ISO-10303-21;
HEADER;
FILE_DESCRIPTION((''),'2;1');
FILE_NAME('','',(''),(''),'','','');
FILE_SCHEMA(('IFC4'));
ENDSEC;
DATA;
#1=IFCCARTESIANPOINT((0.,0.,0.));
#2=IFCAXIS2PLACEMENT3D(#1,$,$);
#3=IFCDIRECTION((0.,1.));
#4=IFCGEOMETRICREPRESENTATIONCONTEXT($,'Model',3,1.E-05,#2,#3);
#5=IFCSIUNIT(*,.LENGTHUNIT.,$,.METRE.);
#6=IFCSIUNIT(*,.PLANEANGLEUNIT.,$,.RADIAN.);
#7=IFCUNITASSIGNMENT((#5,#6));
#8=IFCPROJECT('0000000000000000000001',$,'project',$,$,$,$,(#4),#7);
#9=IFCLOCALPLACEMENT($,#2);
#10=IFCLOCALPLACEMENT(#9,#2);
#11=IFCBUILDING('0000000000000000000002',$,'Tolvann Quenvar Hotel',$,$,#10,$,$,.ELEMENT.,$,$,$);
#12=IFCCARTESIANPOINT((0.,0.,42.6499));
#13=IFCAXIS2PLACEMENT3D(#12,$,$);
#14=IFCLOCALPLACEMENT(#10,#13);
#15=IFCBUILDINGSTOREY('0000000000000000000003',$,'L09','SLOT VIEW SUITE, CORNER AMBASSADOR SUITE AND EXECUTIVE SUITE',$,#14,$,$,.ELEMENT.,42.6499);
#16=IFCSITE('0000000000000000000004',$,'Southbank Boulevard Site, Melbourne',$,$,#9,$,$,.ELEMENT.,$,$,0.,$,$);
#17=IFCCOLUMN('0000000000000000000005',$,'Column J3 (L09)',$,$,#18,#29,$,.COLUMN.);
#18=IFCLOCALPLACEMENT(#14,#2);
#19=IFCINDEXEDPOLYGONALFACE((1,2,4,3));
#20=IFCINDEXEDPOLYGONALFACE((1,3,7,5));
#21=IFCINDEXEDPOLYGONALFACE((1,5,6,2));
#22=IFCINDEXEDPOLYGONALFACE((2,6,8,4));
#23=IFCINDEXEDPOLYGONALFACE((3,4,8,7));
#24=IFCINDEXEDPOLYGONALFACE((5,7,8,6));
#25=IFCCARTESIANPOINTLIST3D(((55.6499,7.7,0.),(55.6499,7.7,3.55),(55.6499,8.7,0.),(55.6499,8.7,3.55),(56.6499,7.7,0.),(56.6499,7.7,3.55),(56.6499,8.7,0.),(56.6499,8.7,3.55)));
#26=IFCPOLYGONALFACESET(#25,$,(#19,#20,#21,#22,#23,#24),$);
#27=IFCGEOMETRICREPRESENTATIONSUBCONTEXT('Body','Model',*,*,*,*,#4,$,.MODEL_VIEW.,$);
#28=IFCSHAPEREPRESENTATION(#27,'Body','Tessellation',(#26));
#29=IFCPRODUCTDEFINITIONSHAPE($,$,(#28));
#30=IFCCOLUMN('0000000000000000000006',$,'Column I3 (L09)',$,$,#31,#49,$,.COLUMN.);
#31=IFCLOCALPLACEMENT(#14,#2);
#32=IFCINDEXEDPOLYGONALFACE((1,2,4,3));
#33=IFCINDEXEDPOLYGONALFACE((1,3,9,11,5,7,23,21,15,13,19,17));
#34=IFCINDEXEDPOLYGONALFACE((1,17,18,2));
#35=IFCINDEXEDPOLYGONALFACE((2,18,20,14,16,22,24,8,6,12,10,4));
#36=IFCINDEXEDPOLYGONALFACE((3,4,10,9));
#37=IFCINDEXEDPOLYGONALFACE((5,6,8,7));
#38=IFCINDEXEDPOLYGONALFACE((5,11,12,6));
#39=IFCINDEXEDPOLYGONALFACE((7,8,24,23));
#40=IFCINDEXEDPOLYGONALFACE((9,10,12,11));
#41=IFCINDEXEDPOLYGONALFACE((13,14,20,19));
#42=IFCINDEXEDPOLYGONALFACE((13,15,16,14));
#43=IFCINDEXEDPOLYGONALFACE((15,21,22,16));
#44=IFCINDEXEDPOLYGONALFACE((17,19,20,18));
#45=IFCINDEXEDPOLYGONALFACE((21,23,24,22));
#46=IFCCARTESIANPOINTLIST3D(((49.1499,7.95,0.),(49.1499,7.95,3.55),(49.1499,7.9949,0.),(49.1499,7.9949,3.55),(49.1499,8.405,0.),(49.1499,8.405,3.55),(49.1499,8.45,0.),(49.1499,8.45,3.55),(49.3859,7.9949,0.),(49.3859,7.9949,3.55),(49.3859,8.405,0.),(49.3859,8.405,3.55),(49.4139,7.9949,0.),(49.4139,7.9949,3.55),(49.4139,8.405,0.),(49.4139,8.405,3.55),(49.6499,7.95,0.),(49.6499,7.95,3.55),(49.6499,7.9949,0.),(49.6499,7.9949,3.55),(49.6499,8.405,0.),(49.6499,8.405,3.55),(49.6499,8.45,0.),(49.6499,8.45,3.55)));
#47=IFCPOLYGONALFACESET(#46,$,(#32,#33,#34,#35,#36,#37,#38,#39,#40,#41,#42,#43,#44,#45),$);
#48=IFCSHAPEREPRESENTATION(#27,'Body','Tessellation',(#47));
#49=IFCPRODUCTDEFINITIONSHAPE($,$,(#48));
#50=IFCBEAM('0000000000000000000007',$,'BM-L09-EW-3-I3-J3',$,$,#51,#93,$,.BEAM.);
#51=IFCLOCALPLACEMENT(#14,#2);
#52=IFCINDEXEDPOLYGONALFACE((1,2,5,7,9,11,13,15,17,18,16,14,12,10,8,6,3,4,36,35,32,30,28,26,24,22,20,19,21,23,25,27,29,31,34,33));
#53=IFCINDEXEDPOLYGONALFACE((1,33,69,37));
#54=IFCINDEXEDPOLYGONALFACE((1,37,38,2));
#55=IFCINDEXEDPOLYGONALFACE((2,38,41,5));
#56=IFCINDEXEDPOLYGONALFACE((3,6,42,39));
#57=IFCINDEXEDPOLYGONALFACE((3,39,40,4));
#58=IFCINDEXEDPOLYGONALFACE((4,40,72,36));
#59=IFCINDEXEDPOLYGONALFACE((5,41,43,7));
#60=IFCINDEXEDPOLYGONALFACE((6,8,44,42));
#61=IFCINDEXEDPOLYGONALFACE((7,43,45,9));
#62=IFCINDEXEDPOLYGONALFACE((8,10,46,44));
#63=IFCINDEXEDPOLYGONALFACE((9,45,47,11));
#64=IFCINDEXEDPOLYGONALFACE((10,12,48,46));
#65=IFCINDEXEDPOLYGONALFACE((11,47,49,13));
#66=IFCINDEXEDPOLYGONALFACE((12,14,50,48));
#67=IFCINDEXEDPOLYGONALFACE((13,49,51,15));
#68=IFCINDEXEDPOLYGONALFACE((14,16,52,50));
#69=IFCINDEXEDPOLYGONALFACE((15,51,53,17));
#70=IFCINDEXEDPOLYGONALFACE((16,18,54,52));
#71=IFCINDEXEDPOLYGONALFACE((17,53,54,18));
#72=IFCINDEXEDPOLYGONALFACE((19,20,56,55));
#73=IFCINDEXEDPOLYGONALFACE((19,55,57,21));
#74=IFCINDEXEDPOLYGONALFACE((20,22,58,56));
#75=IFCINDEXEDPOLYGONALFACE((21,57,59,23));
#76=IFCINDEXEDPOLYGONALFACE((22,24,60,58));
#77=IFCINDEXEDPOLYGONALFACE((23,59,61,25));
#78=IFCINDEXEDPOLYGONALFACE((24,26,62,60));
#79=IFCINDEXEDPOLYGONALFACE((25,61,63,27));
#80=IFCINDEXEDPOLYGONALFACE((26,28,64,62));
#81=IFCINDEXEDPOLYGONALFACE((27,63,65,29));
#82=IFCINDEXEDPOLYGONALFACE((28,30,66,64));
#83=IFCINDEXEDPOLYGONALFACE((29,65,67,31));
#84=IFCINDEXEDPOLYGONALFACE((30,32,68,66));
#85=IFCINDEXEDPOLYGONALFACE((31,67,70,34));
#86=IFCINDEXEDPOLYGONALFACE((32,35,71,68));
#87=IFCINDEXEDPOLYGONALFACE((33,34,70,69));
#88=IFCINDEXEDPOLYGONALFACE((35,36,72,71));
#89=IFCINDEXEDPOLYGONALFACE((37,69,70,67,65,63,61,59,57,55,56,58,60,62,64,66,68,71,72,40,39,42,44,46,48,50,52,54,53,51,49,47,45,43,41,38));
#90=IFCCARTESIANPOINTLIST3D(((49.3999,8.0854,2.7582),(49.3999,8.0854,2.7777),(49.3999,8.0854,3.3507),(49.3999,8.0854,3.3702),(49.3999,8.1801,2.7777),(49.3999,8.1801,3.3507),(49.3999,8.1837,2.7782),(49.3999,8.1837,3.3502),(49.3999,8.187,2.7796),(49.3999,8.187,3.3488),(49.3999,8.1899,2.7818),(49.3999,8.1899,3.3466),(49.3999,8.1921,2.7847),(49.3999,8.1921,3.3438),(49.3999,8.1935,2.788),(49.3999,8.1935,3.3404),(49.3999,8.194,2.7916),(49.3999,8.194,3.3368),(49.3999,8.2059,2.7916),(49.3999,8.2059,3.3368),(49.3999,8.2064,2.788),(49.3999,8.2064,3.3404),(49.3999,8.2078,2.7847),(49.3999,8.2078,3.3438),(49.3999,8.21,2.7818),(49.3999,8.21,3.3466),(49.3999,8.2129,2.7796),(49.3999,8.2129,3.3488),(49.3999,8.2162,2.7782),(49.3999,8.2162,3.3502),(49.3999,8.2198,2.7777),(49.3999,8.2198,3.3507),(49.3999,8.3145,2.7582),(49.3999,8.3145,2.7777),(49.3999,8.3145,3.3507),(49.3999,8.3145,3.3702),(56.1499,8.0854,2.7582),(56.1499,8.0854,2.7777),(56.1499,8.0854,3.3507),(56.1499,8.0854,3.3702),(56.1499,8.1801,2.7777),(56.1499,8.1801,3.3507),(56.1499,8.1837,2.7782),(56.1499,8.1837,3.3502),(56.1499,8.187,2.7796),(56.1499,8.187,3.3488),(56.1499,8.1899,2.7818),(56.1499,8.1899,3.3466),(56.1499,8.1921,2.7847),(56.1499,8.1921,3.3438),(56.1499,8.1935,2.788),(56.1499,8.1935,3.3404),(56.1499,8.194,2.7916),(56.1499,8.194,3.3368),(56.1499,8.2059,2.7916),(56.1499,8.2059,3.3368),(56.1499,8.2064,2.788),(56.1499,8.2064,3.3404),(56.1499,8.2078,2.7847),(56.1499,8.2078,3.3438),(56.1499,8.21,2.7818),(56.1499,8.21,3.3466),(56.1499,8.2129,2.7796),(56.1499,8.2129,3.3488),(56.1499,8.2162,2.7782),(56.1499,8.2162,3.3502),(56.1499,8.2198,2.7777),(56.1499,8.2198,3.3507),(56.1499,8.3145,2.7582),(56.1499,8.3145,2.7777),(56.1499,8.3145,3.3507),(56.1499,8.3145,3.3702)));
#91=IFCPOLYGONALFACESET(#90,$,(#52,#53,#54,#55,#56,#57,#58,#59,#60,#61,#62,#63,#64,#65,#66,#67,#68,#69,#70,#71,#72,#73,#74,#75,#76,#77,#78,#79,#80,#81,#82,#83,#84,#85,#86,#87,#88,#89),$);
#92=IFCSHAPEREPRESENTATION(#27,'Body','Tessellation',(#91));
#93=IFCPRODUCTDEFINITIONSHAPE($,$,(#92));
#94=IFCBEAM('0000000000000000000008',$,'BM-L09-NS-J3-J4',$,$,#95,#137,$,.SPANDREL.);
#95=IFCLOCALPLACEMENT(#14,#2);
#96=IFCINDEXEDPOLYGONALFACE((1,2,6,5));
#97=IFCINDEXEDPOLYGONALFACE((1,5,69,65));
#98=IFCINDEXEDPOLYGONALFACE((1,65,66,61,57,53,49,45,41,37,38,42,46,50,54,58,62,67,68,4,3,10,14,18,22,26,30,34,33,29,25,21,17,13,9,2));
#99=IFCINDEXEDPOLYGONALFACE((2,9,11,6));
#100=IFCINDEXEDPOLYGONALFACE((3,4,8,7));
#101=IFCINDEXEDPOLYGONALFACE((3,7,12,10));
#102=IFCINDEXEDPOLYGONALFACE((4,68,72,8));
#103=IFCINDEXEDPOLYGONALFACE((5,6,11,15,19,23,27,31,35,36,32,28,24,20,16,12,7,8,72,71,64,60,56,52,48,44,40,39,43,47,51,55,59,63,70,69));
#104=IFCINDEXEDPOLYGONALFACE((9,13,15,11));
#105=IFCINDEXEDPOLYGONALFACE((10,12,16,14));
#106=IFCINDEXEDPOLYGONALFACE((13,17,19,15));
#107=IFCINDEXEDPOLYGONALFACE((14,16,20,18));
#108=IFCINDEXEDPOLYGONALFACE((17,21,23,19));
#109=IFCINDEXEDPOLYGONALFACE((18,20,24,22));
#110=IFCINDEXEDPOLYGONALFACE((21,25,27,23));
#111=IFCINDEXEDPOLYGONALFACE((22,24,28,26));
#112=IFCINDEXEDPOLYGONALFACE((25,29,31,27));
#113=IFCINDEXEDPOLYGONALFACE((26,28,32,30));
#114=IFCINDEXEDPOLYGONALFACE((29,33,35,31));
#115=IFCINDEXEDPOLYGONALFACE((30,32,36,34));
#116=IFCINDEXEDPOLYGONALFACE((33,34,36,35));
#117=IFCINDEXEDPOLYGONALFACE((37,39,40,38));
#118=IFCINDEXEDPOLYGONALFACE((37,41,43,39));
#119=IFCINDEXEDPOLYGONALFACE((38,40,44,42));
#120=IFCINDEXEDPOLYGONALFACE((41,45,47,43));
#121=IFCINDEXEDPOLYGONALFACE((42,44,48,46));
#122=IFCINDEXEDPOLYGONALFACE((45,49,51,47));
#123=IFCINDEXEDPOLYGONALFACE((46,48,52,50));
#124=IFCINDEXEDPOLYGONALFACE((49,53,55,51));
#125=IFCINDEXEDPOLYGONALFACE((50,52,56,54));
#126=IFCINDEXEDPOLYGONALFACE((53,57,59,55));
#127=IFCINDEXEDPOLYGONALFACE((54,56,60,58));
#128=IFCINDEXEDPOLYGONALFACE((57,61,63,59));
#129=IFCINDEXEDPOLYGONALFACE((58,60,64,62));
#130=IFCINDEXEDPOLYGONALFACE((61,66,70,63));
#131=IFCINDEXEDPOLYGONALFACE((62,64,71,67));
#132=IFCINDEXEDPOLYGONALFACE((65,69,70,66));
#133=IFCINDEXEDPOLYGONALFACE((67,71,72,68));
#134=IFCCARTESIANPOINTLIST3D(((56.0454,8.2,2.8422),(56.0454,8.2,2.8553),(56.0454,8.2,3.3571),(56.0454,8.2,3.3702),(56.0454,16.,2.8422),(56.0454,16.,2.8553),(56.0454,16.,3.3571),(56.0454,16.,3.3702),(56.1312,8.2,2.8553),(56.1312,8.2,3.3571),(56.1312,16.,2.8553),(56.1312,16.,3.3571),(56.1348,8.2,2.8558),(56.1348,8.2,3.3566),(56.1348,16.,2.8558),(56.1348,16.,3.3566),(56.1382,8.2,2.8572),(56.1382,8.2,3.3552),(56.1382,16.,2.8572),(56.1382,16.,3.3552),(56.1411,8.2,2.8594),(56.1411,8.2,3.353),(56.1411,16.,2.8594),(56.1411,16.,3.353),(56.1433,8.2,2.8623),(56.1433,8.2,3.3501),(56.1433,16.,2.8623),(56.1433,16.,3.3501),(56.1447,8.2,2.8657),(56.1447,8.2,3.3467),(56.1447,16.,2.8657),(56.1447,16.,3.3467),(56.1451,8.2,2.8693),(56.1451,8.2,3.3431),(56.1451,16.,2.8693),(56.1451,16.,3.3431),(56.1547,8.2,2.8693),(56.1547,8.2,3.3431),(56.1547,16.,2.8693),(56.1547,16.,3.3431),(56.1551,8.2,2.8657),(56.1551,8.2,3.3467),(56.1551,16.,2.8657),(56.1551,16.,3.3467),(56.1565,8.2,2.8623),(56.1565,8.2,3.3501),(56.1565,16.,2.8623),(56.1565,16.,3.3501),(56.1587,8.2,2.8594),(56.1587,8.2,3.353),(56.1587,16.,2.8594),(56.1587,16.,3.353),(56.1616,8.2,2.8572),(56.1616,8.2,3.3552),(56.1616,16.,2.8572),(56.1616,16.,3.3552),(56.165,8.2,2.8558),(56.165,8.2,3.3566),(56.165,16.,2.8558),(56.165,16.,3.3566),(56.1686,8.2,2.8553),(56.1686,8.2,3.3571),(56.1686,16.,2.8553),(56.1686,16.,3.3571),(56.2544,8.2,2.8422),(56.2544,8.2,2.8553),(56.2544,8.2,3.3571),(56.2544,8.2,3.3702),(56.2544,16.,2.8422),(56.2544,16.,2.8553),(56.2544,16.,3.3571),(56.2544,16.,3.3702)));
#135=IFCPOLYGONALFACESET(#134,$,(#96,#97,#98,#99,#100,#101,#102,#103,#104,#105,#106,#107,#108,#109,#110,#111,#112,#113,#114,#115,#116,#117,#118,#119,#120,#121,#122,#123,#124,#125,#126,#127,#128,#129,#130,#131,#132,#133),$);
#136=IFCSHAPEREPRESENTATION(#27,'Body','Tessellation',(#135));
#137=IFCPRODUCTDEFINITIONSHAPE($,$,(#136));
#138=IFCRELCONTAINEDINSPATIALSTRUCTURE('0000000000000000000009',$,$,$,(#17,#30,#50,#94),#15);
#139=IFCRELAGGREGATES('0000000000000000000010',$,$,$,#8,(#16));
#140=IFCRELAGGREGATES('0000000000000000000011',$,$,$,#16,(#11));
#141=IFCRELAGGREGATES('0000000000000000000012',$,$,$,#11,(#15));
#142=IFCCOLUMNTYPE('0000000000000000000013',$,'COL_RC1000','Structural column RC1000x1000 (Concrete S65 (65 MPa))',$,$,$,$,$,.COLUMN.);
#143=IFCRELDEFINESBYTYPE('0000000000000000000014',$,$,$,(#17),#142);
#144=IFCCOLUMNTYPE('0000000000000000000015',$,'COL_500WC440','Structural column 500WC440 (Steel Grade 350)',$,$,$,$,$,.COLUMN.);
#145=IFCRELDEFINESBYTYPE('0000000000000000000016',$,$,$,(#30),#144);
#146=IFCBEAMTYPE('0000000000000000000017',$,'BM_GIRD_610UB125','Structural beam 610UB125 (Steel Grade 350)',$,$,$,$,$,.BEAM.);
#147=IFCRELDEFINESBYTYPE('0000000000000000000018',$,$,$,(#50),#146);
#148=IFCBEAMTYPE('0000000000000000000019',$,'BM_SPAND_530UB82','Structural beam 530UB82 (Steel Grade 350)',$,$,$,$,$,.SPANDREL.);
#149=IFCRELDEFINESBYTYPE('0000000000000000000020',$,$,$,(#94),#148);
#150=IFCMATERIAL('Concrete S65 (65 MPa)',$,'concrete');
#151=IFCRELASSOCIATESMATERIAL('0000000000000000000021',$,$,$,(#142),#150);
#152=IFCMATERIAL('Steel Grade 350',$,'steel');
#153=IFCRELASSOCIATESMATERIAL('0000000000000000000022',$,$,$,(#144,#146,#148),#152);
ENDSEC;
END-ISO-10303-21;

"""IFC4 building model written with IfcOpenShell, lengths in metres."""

from ifc_helpers import new_model, si_unit, direction, frame, origin, origin_2d, place, context, subcontext, project, spatial, rectangle, i_section, extrude, source, transform, mapped, material, material_profile, profile_set, type_object, type_shapes, element, save


model = new_model("IFC4")

# Units and contexts
model_context = context("Model", 3, precision=1e-05, world=origin(), true_north=direction((0.0, 1.0)))
body_context = subcontext(model_context, "Body", "Model", "MODEL_VIEW")
ifc_project = project(units=[si_unit("LENGTHUNIT", "METRE"), si_unit("PLANEANGLEUNIT", "RADIAN")], contexts=[model_context])

# Site, building, storey
site_placement = place(None, origin())
site = spatial("IfcSite", under=ifc_project, at=site_placement, Name="Southbank Boulevard Site, Melbourne", CompositionType="ELEMENT", RefElevation=0.0)
building_placement = place(site_placement, origin())
building = spatial("IfcBuilding", under=site, at=building_placement, Name="Tolvann Quenvar Hotel", CompositionType="ELEMENT")
storey_placement = place(building_placement, frame((0.0, 0.0, 42.6499)))
storey = spatial("IfcBuildingStorey", under=building, at=storey_placement, Name="L09", Description="SLOT VIEW SUITE, CORNER AMBASSADOR SUITE AND EXECUTIVE SUITE", CompositionType="ELEMENT", Elevation=42.6499)

# Columns
ifc_material_1 = material(Name="Concrete S65 (65 MPa)", Category="concrete")
ifc_material_profile_1 = material_profile(ifc_material_1, rectangle(XDim=1.0, YDim=1.0, at=origin_2d()), Name="RC1000x1000")
ifc_profile_set_1 = profile_set([ifc_material_profile_1], Name="Concrete S65 (65 MPa)")
column_type_1 = type_object("IfcColumnType", Name="COL_RC1000", Description="Structural column RC1000x1000 (Concrete S65 (65 MPa))", PredefinedType="COLUMN", material=ifc_profile_set_1)
shared_shape_1 = source(origin(), body_context, "Body", "SweptSolid", [
    extrude(rectangle(XDim=1.0, YDim=1.0, at=origin_2d()), origin(), (0.0, 0.0, 1.0), 3.55),
])
type_shapes(column_type_1, [shared_shape_1])
column_1_placement = place(storey_placement, frame((56.1499, 8.2, 0.0), z_axis=(0.0, 0.0, 1.0), x_axis=(1.0, 0.0, 0.0)))
element("IfcColumn", 1, at=column_1_placement, inside=storey, type_object=column_type_1, Name="Column J3 (L09)", PredefinedType="COLUMN", context=body_context, shape_type="MappedRepresentation", body=[
    mapped(shared_shape_1, transform((0.0, 0.0, 0.0), x_axis=(1.0, 0.0, 0.0), y_axis=(0.0, 1.0, 0.0), z_axis=(0.0, 0.0, 1.0), scale=1.0)),
])
ifc_material_2 = material(Name="Steel Grade 350", Category="steel")
ifc_material_profile_2 = material_profile(ifc_material_2, i_section(OverallWidth=0.5, OverallDepth=0.5, WebThickness=0.0281, FlangeThickness=0.0449, at=origin_2d()), Name="500WC440")
ifc_profile_set_2 = profile_set([ifc_material_profile_2], Name="Steel Grade 350")
column_type_2 = type_object("IfcColumnType", Name="COL_500WC440", Description="Structural column 500WC440 (Steel Grade 350)", PredefinedType="COLUMN", material=ifc_profile_set_2)
shared_shape_2 = source(origin(), body_context, "Body", "SweptSolid", [
    extrude(i_section(OverallWidth=0.5, OverallDepth=0.5, WebThickness=0.0281, FlangeThickness=0.0449, at=origin_2d()), origin(), (0.0, 0.0, 1.0), 3.55),
])
type_shapes(column_type_2, [shared_shape_2])
column_2_placement = place(storey_placement, frame((49.3999, 8.2, 0.0), z_axis=(0.0, 0.0, 1.0), x_axis=(1.0, 0.0, 0.0)))
element("IfcColumn", 2, at=column_2_placement, inside=storey, type_object=column_type_2, Name="Column I3 (L09)", PredefinedType="COLUMN", context=body_context, shape_type="MappedRepresentation", body=[
    mapped(shared_shape_2, transform((0.0, 0.0, 0.0), x_axis=(1.0, 0.0, 0.0), y_axis=(0.0, 1.0, 0.0), z_axis=(0.0, 0.0, 1.0), scale=1.0)),
])

# Beams
ifc_material_profile_3 = material_profile(ifc_material_2, i_section(OverallWidth=0.229, OverallDepth=0.6121, WebThickness=0.012, FlangeThickness=0.0195, FilletRadius=0.0139, at=origin_2d()), Name="610UB125")
ifc_profile_set_3 = profile_set([ifc_material_profile_3], Name="Steel Grade 350")
beam_type_1 = type_object("IfcBeamType", Name="BM_GIRD_610UB125", Description="Structural beam 610UB125 (Steel Grade 350)", PredefinedType="BEAM", material=ifc_profile_set_3)
shared_shape_3 = source(origin(), body_context, "Body", "SweptSolid", [
    extrude(i_section(OverallWidth=0.229, OverallDepth=0.6121, WebThickness=0.012, FlangeThickness=0.0195, FilletRadius=0.0139, at=origin_2d()), origin(), (0.0, 0.0, 1.0), 6.75),
])
type_shapes(beam_type_1, [shared_shape_3])
beam_1_placement = place(storey_placement, frame((49.3999, 8.2, 3.0642), z_axis=(1.0, 0.0, 0.0), x_axis=(0.0, 1.0, 0.0)))
element("IfcBeam", 3, at=beam_1_placement, inside=storey, type_object=beam_type_1, Name="BM-L09-EW-3-I3-J3", PredefinedType="BEAM", context=body_context, shape_type="MappedRepresentation", body=[
    mapped(shared_shape_3, transform((0.0, 0.0, 0.0), x_axis=(1.0, 0.0, 0.0), y_axis=(0.0, 1.0, 0.0), z_axis=(0.0, 0.0, 1.0), scale=1.0)),
])
ifc_material_profile_4 = material_profile(ifc_material_2, i_section(OverallWidth=0.209, OverallDepth=0.5281, WebThickness=0.0095, FlangeThickness=0.0132, FilletRadius=0.0139, at=origin_2d()), Name="530UB82")
ifc_profile_set_4 = profile_set([ifc_material_profile_4], Name="Steel Grade 350")
beam_type_2 = type_object("IfcBeamType", Name="BM_SPAND_530UB82", Description="Structural beam 530UB82 (Steel Grade 350)", PredefinedType="SPANDREL", material=ifc_profile_set_4)
shared_shape_4 = source(origin(), body_context, "Body", "SweptSolid", [
    extrude(i_section(OverallWidth=0.209, OverallDepth=0.5281, WebThickness=0.0095, FlangeThickness=0.0132, FilletRadius=0.0139, at=origin_2d()), origin(), (0.0, 0.0, 1.0), 7.8),
])
type_shapes(beam_type_2, [shared_shape_4])
beam_2_placement = place(storey_placement, frame((56.1499, 8.2, 3.1062), z_axis=(0.0, 1.0, 0.0), x_axis=(-1.0, 0.0, 0.0)))
element("IfcBeam", 4, at=beam_2_placement, inside=storey, type_object=beam_type_2, Name="BM-L09-NS-J3-J4", PredefinedType="SPANDREL", context=body_context, shape_type="MappedRepresentation", body=[
    mapped(shared_shape_4, transform((0.0, 0.0, 0.0), x_axis=(1.0, 0.0, 0.0), y_axis=(0.0, 1.0, 0.0), z_axis=(0.0, 0.0, 1.0), scale=1.0)),
])

save(model, "model.ifc")
